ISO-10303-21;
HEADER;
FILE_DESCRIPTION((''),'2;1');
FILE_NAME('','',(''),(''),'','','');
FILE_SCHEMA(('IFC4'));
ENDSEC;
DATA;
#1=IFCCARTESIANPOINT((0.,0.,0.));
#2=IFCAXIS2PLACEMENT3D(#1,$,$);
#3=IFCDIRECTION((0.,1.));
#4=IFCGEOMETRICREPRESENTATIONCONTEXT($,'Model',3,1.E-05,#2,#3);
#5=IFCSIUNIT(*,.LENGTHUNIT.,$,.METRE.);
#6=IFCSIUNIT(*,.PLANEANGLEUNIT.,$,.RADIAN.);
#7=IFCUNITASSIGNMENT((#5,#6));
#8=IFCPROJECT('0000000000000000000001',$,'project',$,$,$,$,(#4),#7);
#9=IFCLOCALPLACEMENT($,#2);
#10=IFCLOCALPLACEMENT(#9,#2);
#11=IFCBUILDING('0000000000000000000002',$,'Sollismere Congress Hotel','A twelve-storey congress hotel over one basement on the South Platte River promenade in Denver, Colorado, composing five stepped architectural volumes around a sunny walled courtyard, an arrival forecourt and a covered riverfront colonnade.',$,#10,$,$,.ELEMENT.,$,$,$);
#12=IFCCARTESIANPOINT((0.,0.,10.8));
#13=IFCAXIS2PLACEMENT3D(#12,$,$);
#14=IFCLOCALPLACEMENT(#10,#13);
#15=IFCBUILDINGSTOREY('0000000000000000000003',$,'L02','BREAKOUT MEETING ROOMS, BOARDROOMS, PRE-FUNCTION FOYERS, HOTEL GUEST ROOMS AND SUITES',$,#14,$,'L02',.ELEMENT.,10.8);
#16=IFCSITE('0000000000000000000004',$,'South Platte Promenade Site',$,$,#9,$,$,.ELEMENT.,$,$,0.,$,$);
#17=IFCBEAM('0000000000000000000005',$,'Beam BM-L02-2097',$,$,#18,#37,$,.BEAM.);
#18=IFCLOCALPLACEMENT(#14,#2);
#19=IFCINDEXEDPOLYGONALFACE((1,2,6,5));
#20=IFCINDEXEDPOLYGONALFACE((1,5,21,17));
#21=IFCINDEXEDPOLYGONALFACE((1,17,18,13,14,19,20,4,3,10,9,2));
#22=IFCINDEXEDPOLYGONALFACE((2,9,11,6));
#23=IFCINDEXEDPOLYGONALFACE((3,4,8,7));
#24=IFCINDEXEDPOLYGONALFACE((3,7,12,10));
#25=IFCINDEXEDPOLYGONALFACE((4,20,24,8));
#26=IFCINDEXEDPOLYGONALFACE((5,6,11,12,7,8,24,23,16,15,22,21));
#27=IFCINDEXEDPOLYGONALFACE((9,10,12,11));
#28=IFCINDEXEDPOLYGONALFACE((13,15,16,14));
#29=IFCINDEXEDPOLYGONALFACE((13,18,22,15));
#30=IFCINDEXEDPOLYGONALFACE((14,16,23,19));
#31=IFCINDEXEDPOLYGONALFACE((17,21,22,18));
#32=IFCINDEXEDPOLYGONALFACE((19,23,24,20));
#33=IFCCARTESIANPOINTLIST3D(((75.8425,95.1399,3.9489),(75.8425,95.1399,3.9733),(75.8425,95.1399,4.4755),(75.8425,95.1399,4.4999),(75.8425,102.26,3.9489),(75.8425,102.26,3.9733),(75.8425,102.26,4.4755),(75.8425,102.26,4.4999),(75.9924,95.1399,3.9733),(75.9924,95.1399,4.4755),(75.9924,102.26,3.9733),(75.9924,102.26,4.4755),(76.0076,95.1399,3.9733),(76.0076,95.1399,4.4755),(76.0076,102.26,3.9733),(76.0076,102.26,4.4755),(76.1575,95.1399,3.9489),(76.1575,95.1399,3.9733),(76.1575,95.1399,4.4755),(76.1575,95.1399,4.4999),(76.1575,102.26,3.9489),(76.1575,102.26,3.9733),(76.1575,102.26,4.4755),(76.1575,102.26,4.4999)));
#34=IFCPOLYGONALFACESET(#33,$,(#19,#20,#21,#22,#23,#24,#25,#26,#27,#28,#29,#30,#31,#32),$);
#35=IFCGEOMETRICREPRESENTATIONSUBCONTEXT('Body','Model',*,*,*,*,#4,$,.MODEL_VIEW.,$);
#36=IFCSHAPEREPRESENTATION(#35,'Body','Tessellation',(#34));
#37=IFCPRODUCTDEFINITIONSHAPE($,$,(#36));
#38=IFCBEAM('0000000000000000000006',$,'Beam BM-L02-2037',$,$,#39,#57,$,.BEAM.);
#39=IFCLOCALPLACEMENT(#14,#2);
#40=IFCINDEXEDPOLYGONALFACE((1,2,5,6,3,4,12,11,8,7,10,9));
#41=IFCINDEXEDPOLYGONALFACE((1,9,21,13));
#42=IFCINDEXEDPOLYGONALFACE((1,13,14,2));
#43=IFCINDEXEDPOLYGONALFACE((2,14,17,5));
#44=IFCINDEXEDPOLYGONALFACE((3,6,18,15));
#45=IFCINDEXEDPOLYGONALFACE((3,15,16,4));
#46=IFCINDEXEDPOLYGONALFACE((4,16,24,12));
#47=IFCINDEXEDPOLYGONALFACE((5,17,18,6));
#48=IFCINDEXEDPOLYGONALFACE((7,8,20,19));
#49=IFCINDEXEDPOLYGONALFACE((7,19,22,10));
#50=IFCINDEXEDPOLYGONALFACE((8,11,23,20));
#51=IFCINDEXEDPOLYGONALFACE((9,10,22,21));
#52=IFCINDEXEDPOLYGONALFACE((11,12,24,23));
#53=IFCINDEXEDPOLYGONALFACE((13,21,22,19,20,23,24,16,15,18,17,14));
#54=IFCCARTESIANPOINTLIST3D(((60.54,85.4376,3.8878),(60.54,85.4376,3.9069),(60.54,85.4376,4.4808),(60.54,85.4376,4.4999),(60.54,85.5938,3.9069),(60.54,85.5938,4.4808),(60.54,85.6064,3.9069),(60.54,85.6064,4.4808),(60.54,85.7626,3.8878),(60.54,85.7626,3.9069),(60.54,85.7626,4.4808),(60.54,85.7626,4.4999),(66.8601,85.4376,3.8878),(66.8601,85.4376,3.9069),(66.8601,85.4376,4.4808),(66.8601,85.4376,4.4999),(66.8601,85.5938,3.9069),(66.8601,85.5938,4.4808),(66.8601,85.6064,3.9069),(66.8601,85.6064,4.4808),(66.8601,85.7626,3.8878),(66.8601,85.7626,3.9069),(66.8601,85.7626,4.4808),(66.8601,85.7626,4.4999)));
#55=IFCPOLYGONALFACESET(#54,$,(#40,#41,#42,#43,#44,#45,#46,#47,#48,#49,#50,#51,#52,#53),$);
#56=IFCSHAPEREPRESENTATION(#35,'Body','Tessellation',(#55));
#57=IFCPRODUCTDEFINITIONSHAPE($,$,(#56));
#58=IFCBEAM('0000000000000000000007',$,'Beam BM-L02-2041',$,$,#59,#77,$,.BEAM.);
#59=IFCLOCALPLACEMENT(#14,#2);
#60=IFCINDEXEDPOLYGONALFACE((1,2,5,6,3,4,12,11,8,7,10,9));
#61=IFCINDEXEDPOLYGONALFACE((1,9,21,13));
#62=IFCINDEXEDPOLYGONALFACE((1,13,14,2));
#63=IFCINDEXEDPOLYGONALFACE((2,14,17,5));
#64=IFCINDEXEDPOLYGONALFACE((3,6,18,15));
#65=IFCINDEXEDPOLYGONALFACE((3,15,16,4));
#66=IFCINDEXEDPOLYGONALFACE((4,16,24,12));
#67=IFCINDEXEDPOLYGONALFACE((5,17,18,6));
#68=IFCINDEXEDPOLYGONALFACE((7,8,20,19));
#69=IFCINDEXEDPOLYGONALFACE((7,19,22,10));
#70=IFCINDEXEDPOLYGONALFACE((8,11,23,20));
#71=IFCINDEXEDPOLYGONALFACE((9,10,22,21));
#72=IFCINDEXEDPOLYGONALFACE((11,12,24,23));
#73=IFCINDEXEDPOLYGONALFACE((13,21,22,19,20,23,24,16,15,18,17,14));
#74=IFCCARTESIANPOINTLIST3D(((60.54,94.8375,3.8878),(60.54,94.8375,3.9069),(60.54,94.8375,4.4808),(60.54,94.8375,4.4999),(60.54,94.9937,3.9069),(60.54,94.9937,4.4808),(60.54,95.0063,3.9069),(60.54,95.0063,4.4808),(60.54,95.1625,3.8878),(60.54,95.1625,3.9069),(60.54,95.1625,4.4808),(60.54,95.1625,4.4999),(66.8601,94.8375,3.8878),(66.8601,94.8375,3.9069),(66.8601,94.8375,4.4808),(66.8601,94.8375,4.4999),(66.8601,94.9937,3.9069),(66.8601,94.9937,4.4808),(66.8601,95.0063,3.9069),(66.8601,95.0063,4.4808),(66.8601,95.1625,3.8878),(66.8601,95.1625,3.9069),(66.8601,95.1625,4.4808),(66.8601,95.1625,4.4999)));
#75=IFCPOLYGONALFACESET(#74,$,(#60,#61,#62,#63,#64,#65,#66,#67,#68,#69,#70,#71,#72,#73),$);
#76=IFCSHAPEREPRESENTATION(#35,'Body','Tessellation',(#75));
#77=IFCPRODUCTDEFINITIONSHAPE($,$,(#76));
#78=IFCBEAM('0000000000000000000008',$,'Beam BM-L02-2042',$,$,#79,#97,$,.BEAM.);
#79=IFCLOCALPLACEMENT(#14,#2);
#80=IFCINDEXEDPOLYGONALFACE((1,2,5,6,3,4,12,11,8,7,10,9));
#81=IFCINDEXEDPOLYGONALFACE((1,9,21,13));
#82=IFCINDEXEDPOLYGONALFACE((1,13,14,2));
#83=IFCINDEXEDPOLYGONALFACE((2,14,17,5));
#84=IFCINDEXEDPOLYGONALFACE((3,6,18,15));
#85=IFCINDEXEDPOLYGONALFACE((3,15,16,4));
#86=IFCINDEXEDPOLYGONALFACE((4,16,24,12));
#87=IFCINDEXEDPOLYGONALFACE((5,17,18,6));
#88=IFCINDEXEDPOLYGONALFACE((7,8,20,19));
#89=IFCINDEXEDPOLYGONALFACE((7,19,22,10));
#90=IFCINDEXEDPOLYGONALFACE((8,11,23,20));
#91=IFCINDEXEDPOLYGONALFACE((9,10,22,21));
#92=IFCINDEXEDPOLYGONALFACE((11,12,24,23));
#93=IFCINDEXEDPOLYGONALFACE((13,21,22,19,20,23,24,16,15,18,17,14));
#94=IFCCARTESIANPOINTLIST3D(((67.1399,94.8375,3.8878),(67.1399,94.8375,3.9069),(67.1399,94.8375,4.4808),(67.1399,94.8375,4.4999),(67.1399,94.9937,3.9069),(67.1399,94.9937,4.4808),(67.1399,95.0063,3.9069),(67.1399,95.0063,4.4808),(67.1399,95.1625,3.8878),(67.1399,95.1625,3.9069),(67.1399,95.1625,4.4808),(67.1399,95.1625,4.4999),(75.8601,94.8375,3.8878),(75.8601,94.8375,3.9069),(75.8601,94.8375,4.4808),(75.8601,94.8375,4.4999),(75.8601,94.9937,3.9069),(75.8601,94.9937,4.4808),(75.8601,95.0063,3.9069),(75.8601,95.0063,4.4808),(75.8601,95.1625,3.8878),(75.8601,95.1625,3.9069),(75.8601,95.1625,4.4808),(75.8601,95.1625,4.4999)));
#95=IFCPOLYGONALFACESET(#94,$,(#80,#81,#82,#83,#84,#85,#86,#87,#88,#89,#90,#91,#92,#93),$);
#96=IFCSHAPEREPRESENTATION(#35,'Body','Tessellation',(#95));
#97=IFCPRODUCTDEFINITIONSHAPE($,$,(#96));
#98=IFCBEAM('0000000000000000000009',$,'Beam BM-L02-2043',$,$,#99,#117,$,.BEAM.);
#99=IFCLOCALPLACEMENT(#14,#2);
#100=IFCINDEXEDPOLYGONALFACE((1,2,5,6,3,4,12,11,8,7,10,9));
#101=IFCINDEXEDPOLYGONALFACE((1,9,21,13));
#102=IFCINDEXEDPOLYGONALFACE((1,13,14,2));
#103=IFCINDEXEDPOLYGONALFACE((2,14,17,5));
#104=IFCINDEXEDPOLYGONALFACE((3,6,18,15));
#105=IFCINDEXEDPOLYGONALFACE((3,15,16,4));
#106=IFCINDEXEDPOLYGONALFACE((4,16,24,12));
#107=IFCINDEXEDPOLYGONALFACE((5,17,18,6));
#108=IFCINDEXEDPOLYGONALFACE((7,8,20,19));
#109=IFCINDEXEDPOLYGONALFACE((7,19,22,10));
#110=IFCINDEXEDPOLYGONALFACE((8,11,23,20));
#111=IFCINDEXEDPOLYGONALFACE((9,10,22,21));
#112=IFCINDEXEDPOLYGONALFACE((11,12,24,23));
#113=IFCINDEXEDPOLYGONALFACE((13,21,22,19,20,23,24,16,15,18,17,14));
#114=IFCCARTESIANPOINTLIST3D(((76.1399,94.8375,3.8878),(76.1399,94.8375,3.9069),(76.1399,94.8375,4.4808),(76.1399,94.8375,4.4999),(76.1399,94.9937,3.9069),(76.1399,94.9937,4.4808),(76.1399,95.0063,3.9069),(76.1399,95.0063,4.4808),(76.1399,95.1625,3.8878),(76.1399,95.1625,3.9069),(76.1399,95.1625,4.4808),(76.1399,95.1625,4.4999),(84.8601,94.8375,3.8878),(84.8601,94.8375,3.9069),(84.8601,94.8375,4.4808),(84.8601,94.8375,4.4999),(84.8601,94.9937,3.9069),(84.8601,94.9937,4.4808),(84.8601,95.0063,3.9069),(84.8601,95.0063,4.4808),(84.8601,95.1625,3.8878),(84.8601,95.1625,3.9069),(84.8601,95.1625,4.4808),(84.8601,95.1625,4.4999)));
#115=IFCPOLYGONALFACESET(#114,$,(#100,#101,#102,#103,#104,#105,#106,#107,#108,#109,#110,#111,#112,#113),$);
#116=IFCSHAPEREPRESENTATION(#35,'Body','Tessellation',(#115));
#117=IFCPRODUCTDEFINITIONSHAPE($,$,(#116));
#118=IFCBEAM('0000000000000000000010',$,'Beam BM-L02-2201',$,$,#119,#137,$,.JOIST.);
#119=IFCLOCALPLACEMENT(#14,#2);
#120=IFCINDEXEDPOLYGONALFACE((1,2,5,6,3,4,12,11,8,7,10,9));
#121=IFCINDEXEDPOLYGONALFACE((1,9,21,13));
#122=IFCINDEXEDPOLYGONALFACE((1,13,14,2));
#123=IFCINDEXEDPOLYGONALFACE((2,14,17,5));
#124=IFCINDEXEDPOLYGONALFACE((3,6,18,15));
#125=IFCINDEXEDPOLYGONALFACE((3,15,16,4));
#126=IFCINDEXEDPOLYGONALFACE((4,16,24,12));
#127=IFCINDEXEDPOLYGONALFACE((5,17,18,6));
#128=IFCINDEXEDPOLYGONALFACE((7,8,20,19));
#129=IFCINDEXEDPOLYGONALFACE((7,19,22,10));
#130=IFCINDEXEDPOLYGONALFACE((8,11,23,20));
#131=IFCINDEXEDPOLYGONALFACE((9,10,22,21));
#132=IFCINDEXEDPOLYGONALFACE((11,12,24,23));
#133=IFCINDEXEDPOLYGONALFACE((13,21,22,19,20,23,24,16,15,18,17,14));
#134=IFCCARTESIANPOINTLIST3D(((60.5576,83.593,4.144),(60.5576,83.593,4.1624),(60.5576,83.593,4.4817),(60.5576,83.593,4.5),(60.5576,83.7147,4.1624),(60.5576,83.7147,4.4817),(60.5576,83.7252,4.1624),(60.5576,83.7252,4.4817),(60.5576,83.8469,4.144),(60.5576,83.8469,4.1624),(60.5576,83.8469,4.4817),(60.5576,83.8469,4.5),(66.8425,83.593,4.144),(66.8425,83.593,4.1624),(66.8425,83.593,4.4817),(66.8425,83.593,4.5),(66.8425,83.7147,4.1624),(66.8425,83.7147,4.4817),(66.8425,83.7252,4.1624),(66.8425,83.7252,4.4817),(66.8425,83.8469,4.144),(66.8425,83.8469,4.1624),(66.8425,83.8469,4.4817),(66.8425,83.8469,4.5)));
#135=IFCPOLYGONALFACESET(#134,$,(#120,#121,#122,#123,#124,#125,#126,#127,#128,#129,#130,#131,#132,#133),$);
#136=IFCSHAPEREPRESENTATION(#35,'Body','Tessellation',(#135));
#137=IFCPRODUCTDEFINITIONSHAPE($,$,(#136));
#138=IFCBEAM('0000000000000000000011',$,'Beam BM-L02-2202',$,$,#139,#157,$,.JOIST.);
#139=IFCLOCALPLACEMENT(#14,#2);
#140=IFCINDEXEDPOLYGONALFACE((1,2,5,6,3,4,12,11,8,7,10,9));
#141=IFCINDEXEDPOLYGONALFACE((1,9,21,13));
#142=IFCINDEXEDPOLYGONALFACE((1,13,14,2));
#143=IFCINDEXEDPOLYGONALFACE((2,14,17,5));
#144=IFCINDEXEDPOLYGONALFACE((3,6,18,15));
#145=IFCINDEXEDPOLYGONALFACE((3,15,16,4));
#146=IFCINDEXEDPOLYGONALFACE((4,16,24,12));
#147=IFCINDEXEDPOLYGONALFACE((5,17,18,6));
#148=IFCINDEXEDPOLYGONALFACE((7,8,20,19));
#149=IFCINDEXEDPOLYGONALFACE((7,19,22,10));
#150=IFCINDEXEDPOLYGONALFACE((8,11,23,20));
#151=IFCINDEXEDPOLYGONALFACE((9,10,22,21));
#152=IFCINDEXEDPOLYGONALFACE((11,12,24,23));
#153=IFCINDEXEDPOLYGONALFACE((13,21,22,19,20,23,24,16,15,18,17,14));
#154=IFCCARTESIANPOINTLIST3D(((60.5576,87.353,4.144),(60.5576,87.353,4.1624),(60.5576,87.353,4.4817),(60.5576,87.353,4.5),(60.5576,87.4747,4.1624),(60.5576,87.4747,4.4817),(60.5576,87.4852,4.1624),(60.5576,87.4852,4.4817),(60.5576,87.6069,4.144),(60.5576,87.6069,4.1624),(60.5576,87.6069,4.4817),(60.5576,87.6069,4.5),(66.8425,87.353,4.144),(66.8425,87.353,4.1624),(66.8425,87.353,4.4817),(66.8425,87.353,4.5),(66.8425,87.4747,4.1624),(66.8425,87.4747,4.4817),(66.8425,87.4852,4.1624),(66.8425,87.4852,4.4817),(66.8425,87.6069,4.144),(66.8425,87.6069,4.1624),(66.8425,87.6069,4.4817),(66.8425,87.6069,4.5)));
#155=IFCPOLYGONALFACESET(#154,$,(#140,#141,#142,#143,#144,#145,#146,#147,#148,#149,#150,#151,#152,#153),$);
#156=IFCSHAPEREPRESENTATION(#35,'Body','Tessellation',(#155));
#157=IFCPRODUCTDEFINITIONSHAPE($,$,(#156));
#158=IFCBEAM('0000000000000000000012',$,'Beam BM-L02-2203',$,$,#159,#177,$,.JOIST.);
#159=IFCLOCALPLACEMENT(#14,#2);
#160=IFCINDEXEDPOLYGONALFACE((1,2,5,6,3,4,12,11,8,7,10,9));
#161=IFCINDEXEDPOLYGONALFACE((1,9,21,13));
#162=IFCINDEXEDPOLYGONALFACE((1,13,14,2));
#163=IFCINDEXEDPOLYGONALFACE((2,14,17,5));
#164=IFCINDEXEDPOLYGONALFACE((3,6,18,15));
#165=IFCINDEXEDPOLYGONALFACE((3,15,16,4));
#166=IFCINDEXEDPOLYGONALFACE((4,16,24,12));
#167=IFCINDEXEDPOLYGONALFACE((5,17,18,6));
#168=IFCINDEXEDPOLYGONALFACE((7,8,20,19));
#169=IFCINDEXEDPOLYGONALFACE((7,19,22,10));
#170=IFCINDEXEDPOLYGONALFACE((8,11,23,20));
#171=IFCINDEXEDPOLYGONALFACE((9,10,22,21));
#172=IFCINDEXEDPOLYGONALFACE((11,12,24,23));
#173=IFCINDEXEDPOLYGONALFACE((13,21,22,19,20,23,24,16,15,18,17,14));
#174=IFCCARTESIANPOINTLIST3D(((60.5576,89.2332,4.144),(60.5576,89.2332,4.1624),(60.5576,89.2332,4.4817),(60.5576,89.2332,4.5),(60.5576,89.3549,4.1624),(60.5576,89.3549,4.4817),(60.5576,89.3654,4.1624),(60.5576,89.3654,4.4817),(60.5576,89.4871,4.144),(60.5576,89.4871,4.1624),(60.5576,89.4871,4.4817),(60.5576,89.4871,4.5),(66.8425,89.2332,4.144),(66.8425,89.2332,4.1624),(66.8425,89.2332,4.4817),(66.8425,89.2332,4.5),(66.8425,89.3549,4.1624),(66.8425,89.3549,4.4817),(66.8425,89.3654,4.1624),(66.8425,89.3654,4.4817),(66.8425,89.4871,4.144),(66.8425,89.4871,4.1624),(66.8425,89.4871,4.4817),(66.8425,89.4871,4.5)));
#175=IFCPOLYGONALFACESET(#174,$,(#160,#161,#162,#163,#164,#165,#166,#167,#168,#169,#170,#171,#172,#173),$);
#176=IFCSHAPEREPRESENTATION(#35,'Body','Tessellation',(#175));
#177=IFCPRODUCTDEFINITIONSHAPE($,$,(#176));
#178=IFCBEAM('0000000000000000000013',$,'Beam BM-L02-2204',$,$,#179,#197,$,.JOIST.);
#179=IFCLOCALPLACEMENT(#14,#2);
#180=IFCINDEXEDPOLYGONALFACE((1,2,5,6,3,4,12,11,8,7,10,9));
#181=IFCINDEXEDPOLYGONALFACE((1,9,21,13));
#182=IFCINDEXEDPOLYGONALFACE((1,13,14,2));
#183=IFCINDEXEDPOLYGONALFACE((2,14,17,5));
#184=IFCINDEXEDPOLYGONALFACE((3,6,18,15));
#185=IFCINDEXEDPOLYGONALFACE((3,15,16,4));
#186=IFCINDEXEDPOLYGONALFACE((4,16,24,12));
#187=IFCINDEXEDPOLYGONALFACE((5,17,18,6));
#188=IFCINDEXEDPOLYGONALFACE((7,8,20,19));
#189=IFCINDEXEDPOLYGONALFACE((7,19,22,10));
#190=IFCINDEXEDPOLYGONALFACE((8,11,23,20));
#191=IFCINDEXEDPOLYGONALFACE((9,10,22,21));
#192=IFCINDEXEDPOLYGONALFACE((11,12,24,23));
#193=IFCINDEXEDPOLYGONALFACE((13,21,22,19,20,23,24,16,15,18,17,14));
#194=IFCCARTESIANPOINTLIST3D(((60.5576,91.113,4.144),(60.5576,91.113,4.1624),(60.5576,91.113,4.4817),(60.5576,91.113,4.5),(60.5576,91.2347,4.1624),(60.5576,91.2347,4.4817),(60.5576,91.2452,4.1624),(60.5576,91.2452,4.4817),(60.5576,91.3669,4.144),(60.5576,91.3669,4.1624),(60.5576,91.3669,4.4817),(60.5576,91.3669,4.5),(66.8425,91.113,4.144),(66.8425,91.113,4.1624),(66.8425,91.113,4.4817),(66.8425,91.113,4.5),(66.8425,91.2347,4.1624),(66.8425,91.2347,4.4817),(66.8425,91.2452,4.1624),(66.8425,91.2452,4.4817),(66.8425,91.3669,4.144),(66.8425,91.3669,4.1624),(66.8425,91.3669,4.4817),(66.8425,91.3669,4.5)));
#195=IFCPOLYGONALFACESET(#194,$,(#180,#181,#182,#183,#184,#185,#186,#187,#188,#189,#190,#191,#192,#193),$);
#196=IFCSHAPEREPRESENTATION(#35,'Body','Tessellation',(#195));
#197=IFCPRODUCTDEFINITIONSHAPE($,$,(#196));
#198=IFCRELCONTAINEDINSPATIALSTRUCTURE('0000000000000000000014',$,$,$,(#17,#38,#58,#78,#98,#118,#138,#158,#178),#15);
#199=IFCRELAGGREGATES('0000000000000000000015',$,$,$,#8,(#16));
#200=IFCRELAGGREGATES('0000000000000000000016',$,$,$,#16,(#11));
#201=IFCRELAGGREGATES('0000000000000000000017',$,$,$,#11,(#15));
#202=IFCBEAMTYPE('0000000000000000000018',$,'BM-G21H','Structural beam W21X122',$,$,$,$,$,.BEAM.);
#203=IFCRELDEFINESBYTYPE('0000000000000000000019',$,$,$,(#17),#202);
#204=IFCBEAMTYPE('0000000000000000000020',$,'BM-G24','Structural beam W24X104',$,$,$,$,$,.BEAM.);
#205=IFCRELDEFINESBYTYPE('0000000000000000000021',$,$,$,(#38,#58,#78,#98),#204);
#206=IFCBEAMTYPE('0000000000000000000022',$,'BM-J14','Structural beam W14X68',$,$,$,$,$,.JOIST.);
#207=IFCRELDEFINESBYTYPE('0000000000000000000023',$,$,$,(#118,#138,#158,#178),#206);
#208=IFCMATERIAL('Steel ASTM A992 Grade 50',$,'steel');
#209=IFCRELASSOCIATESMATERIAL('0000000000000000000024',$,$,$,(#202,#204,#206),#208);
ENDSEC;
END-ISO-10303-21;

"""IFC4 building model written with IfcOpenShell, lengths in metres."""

from ifc_helpers import new_model, si_unit, direction, frame, origin, origin_2d, place, context, subcontext, project, spatial, i_section, extrude, material, material_profile, profile_set, type_object, element, save


model = new_model("IFC4")

# Units and contexts
model_context = context("Model", 3, precision=1e-05, world=origin(), true_north=direction((0.0, 1.0)))
body_context = subcontext(model_context, "Body", "Model", "MODEL_VIEW")
ifc_project = project(units=[si_unit("LENGTHUNIT", "METRE"), si_unit("PLANEANGLEUNIT", "RADIAN")], contexts=[model_context])

# Site, building, storey
site_placement = place(None, origin())
site = spatial("IfcSite", under=ifc_project, at=site_placement, Name="South Platte Promenade Site", CompositionType="ELEMENT", RefElevation=0.0)
building_placement = place(site_placement, origin())
building = spatial("IfcBuilding", under=site, at=building_placement, Name="Sollismere Congress Hotel", Description="A twelve-storey congress hotel over one basement on the South Platte River promenade in Denver, Colorado, composing five stepped architectural volumes around a sunny walled courtyard, an arrival forecourt and a covered riverfront colonnade.", CompositionType="ELEMENT")
storey_placement = place(building_placement, frame((0.0, 0.0, 10.8)))
storey = spatial("IfcBuildingStorey", under=building, at=storey_placement, Name="L02", Description="BREAKOUT MEETING ROOMS, BOARDROOMS, PRE-FUNCTION FOYERS, HOTEL GUEST ROOMS AND SUITES", LongName="L02", CompositionType="ELEMENT", Elevation=10.8)

# Shared definitions
ifc_material_1 = material(Name="Steel ASTM A992 Grade 50", Category="steel")

# Beams
ifc_material_profile_1 = material_profile(ifc_material_1, i_section(OverallWidth=0.3149, OverallDepth=0.551, WebThickness=0.0151, FlangeThickness=0.0244, at=origin_2d()), Name="W21X122")
ifc_profile_set_1 = profile_set([ifc_material_profile_1], Name="Steel ASTM A992 Grade 50")
beam_type_1 = type_object("IfcBeamType", Name="BM-G21H", Description="Structural beam W21X122", PredefinedType="BEAM", material=ifc_profile_set_1)
for number, where, z_axis, x_axis, name in (
    (1, (76.0, 95.1399, 4.2244), (0.0, 1.0, 0.0), (-1.0, 0.0, 0.0), "Beam BM-L02-2097"),
):
    element("IfcBeam", number, at=place(storey_placement, frame(where, z_axis=z_axis, x_axis=x_axis)), inside=storey, type_object=beam_type_1, Name=name, PredefinedType="BEAM", context=body_context, shape_type="SweptSolid", body=[
        extrude(i_section(OverallWidth=0.3149, OverallDepth=0.551, WebThickness=0.0151, FlangeThickness=0.0244, at=origin_2d()), origin(), (0.0, 0.0, 1.0), 7.1201),
    ])
ifc_material_profile_2 = material_profile(ifc_material_1, i_section(OverallWidth=0.325, OverallDepth=0.6121, WebThickness=0.0127, FlangeThickness=0.019, at=origin_2d()), Name="W24X104")
ifc_profile_set_2 = profile_set([ifc_material_profile_2], Name="Steel ASTM A992 Grade 50")
beam_type_2 = type_object("IfcBeamType", Name="BM-G24", Description="Structural beam W24X104", PredefinedType="BEAM", material=ifc_profile_set_2)
for number, where, z_axis, x_axis, name in (
    (2, (60.54, 85.6001, 4.1938), (1.0, 0.0, 0.0), (0.0, 1.0, 0.0), "Beam BM-L02-2037"),
    (3, (60.54, 95.0, 4.1938), (1.0, 0.0, 0.0), (0.0, 1.0, 0.0), "Beam BM-L02-2041"),
):
    element("IfcBeam", number, at=place(storey_placement, frame(where, z_axis=z_axis, x_axis=x_axis)), inside=storey, type_object=beam_type_2, Name=name, PredefinedType="BEAM", context=body_context, shape_type="SweptSolid", body=[
        extrude(i_section(OverallWidth=0.325, OverallDepth=0.6121, WebThickness=0.0127, FlangeThickness=0.019, at=origin_2d()), origin(), (0.0, 0.0, 1.0), 6.3201),
    ])
for number, where, z_axis, x_axis, name in (
    (4, (67.1399, 95.0, 4.1938), (1.0, 0.0, 0.0), (0.0, 1.0, 0.0), "Beam BM-L02-2042"),
    (5, (76.1399, 95.0, 4.1938), (1.0, 0.0, 0.0), (0.0, 1.0, 0.0), "Beam BM-L02-2043"),
):
    element("IfcBeam", number, at=place(storey_placement, frame(where, z_axis=z_axis, x_axis=x_axis)), inside=storey, type_object=beam_type_2, Name=name, PredefinedType="BEAM", context=body_context, shape_type="SweptSolid", body=[
        extrude(i_section(OverallWidth=0.325, OverallDepth=0.6121, WebThickness=0.0127, FlangeThickness=0.019, at=origin_2d()), origin(), (0.0, 0.0, 1.0), 8.7202),
    ])
ifc_material_profile_3 = material_profile(ifc_material_1, i_section(OverallWidth=0.2539, OverallDepth=0.356, WebThickness=0.0105, FlangeThickness=0.0183, at=origin_2d()), Name="W14X68")
ifc_profile_set_3 = profile_set([ifc_material_profile_3], Name="Steel ASTM A992 Grade 50")
beam_type_3 = type_object("IfcBeamType", Name="BM-J14", Description="Structural beam W14X68", PredefinedType="JOIST", material=ifc_profile_set_3)
for number, where, z_axis, x_axis, name in (
    (6, (60.5576, 83.72, 4.322), (1.0, 0.0, 0.0), (0.0, 1.0, 0.0), "Beam BM-L02-2201"),
    (7, (60.5576, 87.48, 4.322), (1.0, 0.0, 0.0), (0.0, 1.0, 0.0), "Beam BM-L02-2202"),
    (8, (60.5576, 89.3601, 4.322), (1.0, 0.0, 0.0), (0.0, 1.0, 0.0), "Beam BM-L02-2203"),
    (9, (60.5576, 91.24, 4.322), (1.0, 0.0, 0.0), (0.0, 1.0, 0.0), "Beam BM-L02-2204"),
):
    element("IfcBeam", number, at=place(storey_placement, frame(where, z_axis=z_axis, x_axis=x_axis)), inside=storey, type_object=beam_type_3, Name=name, PredefinedType="JOIST", context=body_context, shape_type="SweptSolid", body=[
        extrude(i_section(OverallWidth=0.2539, OverallDepth=0.356, WebThickness=0.0105, FlangeThickness=0.0183, at=origin_2d()), origin(), (0.0, 0.0, 1.0), 6.2849),
    ])

save(model, "model.ifc")
